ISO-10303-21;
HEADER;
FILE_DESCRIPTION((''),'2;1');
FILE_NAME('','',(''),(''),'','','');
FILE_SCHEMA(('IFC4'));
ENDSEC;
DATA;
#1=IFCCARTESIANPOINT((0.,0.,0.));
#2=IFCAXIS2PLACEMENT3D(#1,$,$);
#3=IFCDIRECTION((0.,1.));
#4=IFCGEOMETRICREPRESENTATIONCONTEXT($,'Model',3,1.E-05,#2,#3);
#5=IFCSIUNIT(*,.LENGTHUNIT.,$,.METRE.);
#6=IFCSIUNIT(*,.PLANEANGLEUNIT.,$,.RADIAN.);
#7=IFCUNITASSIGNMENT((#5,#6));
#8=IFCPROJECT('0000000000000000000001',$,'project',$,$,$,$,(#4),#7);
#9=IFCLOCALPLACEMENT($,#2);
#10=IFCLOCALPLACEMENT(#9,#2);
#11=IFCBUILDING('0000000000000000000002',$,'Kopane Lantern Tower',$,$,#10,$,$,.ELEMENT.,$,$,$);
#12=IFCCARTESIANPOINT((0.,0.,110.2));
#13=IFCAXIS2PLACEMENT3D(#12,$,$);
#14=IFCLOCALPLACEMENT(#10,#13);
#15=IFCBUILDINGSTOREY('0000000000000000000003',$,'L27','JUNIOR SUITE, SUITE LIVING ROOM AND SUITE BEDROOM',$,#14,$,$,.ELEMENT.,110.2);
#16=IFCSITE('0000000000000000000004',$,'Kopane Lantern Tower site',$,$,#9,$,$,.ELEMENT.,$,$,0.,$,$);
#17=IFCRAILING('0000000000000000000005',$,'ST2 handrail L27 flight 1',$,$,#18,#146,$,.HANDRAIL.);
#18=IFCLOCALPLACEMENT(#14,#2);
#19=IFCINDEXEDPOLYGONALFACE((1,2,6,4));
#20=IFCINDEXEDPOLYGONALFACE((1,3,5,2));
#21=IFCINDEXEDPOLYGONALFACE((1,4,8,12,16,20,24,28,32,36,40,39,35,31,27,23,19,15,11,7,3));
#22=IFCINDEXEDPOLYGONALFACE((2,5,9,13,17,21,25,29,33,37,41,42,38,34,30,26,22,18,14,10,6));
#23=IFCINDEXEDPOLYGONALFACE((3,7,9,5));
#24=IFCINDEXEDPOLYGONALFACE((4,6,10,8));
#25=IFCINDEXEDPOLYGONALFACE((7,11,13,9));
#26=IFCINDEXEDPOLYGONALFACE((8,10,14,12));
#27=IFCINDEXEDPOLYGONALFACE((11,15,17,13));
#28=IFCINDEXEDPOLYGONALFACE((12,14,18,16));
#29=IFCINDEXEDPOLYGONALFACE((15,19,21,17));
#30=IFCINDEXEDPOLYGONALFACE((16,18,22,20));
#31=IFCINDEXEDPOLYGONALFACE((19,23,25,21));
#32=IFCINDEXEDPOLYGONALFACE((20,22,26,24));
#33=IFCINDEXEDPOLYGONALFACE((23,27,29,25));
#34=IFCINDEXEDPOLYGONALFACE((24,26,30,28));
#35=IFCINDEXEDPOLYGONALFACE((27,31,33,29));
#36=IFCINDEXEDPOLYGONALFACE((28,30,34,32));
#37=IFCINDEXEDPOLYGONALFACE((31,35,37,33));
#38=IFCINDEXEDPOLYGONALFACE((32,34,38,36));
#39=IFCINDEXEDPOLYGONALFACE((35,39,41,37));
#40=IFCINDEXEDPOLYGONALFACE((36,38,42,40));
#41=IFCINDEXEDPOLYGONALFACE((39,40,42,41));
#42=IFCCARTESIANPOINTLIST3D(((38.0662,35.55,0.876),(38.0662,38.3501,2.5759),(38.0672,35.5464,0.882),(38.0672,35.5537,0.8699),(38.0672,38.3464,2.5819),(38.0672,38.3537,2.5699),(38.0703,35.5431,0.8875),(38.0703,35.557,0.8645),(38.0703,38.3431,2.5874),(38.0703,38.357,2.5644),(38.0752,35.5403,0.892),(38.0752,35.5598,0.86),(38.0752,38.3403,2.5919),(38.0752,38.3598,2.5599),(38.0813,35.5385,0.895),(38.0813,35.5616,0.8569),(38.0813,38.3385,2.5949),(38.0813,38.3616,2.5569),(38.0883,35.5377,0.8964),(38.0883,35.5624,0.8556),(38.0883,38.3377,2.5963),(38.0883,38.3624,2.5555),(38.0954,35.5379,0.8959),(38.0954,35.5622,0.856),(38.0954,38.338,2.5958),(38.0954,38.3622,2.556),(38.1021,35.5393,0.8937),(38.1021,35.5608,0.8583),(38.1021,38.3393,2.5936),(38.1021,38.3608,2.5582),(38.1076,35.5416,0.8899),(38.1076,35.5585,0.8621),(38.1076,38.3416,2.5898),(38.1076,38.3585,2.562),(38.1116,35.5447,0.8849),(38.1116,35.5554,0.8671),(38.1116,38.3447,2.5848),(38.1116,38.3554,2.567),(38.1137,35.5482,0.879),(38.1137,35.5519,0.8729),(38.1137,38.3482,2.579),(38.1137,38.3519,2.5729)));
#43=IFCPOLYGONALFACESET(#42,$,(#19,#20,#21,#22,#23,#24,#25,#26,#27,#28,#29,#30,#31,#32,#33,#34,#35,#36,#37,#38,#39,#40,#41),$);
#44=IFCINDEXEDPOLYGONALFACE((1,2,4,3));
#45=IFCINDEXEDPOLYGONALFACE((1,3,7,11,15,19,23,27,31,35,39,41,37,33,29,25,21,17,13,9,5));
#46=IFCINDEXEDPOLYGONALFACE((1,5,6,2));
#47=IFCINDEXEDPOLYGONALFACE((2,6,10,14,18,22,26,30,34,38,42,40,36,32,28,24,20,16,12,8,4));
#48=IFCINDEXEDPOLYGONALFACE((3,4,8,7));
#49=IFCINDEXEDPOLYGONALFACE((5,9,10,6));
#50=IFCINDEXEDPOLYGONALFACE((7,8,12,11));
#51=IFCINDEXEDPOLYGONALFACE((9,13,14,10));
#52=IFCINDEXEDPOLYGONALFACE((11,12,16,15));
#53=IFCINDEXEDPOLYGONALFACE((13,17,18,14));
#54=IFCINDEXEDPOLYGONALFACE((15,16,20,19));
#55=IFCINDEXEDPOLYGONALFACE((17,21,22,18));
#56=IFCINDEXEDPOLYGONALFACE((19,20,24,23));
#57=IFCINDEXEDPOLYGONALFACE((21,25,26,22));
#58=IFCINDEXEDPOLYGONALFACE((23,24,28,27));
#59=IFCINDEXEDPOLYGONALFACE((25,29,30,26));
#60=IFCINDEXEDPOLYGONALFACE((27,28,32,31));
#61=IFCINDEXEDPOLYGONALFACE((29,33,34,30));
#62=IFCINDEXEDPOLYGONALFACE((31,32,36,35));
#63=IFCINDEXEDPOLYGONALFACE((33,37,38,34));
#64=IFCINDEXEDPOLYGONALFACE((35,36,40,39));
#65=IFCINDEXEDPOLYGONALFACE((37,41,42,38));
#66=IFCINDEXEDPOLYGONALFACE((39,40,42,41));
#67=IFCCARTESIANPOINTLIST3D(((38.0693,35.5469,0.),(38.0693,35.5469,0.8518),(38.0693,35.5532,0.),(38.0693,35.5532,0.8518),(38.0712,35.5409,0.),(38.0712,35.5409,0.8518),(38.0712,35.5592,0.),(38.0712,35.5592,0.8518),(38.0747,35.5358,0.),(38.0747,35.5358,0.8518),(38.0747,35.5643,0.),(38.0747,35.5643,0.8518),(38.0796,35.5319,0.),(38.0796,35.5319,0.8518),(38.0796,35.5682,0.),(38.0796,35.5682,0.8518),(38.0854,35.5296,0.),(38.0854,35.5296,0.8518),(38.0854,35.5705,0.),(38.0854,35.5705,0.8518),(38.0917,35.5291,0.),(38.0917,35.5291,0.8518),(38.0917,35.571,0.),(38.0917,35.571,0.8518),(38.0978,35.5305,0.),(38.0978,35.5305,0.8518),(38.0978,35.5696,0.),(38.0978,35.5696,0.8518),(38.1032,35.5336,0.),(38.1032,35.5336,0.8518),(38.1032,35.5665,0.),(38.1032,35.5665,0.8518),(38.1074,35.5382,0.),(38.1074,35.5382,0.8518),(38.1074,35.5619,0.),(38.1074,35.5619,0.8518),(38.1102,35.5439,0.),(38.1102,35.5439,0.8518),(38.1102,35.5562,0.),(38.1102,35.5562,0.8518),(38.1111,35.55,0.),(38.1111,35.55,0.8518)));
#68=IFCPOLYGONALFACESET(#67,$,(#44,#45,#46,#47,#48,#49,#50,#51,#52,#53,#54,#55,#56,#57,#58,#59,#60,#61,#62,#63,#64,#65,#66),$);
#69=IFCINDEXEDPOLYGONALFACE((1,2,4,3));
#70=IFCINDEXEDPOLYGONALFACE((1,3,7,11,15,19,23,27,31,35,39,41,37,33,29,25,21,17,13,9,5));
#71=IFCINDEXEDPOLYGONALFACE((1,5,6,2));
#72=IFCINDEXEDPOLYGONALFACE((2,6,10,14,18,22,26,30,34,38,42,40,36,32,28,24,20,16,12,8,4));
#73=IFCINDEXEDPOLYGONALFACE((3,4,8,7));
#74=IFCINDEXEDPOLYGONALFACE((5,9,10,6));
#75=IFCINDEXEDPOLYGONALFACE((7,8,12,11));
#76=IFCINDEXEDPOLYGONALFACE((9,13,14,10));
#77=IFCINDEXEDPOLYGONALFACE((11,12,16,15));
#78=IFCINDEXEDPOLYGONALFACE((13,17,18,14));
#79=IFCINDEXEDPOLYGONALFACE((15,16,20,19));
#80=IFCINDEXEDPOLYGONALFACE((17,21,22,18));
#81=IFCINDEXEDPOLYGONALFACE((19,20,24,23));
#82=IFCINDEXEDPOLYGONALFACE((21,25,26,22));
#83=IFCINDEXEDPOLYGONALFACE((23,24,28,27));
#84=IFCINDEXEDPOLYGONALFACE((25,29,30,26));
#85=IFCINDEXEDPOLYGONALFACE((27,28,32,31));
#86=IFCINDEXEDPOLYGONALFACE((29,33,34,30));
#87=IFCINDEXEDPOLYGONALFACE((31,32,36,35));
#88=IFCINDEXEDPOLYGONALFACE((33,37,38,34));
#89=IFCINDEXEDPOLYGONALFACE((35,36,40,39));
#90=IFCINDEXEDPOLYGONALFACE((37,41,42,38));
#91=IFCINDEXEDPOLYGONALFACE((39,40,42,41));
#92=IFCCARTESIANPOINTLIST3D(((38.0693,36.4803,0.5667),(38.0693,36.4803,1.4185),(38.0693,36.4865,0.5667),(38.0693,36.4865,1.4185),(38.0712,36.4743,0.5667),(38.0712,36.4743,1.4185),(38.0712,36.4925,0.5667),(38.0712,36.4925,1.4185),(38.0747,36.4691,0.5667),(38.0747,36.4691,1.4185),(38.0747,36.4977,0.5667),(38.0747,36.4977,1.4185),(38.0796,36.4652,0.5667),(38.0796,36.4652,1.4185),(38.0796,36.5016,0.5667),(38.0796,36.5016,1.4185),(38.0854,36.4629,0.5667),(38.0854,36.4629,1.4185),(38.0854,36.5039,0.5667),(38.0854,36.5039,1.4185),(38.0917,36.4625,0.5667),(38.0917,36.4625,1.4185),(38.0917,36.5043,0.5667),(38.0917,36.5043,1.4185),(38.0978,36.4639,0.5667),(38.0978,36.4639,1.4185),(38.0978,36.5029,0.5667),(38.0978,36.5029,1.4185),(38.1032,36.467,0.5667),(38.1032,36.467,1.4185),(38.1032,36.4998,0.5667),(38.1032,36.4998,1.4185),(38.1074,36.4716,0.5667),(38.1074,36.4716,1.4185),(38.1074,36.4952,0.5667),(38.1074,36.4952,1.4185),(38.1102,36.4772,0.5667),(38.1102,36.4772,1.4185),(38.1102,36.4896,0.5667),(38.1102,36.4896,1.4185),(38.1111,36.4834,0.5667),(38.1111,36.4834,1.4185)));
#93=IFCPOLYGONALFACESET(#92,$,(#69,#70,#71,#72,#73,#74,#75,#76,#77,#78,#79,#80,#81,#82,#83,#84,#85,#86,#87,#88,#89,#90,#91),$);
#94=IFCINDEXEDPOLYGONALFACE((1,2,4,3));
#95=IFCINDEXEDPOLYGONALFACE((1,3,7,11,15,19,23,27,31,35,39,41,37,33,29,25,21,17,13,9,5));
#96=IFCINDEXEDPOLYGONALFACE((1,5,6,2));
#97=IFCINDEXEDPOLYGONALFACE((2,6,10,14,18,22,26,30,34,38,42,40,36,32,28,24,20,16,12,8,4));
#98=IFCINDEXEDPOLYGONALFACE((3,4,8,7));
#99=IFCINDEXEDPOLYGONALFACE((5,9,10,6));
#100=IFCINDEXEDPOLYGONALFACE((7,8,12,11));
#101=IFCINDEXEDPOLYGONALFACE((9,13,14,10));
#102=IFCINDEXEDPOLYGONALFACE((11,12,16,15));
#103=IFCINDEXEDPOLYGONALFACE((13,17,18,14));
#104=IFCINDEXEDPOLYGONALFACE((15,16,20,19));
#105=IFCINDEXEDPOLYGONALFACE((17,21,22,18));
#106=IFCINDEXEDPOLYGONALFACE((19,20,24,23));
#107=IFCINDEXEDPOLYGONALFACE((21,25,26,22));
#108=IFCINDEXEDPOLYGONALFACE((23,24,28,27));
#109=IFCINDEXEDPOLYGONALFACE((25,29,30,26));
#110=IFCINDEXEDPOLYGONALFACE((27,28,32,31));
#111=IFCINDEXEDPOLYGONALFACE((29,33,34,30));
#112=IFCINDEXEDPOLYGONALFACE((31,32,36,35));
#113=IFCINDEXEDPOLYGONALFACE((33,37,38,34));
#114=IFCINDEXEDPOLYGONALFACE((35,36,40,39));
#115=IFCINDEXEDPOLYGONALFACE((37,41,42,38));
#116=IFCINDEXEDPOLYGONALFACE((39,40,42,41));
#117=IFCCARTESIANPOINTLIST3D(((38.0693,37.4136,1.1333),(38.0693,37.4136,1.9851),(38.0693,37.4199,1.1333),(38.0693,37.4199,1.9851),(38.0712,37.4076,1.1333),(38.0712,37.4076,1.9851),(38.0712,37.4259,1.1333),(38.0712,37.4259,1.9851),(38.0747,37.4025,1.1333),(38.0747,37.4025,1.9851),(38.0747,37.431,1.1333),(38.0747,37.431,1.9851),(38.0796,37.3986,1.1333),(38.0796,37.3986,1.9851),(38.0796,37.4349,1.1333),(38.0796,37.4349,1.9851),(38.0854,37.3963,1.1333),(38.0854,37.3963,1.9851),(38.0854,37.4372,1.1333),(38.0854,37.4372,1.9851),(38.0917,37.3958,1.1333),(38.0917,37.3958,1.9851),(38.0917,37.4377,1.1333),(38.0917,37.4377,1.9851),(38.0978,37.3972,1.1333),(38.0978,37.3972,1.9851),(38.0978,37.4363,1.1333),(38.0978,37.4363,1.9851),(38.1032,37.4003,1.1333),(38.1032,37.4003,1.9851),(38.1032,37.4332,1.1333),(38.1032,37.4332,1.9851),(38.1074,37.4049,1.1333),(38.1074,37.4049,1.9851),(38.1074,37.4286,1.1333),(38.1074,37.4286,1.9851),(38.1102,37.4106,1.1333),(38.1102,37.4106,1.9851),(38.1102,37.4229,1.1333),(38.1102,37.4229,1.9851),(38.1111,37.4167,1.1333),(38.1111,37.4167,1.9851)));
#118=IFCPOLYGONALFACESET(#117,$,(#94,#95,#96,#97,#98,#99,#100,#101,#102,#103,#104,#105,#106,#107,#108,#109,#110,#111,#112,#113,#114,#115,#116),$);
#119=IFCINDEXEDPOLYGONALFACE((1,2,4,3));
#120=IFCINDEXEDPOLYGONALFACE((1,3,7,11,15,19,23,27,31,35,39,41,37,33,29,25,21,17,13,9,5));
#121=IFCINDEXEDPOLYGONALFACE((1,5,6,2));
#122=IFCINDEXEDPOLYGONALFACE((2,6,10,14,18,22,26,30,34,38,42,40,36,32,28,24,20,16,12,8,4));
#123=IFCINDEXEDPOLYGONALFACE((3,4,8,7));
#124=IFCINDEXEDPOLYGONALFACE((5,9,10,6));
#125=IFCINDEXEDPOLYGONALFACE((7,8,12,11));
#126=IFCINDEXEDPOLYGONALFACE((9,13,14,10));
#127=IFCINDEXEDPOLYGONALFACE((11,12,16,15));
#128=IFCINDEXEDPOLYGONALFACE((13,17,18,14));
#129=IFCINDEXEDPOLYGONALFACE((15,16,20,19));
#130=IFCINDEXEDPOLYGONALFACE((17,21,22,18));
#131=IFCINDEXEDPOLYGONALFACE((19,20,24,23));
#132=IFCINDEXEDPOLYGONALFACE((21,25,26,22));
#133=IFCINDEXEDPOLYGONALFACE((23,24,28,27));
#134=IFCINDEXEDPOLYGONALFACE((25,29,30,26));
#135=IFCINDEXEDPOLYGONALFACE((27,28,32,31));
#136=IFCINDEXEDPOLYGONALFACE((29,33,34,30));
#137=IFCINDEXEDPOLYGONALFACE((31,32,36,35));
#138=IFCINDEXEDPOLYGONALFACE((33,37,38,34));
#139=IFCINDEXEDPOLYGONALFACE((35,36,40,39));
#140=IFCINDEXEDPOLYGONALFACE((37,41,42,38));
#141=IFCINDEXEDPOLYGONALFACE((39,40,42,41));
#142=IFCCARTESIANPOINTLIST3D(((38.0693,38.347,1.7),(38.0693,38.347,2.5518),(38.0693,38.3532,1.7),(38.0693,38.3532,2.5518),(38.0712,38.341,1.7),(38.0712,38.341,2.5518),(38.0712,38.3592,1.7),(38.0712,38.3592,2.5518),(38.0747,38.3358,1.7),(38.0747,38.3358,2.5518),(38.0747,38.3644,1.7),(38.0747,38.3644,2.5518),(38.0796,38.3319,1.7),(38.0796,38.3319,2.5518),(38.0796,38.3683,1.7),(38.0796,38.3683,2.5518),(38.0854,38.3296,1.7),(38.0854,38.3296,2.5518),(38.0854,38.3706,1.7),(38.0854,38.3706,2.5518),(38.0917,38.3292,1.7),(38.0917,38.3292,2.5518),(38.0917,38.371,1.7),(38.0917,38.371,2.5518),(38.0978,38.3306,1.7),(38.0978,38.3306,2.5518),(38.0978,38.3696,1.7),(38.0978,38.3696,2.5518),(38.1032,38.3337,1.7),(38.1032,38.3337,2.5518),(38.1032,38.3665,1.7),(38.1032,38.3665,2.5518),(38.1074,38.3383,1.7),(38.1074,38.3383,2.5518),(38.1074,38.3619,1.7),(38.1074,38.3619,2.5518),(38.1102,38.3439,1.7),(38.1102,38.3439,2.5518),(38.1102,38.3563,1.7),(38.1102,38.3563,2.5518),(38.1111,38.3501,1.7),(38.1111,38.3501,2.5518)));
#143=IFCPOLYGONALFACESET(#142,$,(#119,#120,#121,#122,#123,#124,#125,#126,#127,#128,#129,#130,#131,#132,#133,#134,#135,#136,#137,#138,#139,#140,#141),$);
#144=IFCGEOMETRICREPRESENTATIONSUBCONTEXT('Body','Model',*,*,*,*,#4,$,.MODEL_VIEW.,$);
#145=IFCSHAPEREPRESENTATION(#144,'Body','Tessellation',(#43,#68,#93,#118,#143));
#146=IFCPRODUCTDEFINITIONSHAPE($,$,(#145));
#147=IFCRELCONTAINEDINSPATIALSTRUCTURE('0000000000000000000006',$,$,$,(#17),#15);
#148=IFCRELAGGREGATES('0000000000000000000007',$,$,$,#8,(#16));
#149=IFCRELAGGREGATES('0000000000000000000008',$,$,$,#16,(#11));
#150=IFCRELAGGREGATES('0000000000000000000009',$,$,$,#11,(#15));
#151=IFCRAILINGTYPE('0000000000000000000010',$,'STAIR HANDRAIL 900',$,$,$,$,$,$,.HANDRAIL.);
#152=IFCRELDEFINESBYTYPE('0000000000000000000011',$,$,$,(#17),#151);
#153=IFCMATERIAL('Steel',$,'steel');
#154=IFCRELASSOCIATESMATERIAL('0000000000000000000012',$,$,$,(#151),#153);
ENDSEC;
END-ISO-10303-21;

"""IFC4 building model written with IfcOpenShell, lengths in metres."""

from ifc_helpers import new_model, si_unit, direction, frame, origin, origin_2d, place, context, subcontext, project, spatial, circle, extrude, material, type_object, element, save


model = new_model("IFC4")

# Units and contexts
model_context = context("Model", 3, precision=1e-05, world=origin(), true_north=direction((0.0, 1.0)))
body_context = subcontext(model_context, "Body", "Model", "MODEL_VIEW")
ifc_project = project(units=[si_unit("LENGTHUNIT", "METRE"), si_unit("PLANEANGLEUNIT", "RADIAN")], contexts=[model_context])

# Site, building, storey
site_placement = place(None, origin())
site = spatial("IfcSite", under=ifc_project, at=site_placement, Name="Kopane Lantern Tower site", CompositionType="ELEMENT", RefElevation=0.0)
building_placement = place(site_placement, origin())
building = spatial("IfcBuilding", under=site, at=building_placement, Name="Kopane Lantern Tower", CompositionType="ELEMENT")
storey_placement = place(building_placement, frame((0.0, 0.0, 110.2)))
storey = spatial("IfcBuildingStorey", under=building, at=storey_placement, Name="L27", Description="JUNIOR SUITE, SUITE LIVING ROOM AND SUITE BEDROOM", CompositionType="ELEMENT", Elevation=110.2)

# Railing
ifc_material_1 = material(Name="Steel", Category="steel")
railing_type_1 = type_object("IfcRailingType", Name="STAIR HANDRAIL 900", PredefinedType="HANDRAIL", material=ifc_material_1)
for number, where, name in (
    (1, (38.0901, 35.55, 0.0), "ST2 handrail L27 flight 1"),
):
    element("IfcRailing", number, at=place(storey_placement, frame(where)), inside=storey, type_object=railing_type_1, Name=name, PredefinedType="HANDRAIL", context=body_context, shape_type="SweptSolid", body=[
        extrude(circle(Radius=0.0239, at=origin_2d()), frame((0.0, 0.0, 0.876), z_axis=(0.0, 0.854798, 0.518961), x_axis=(-1.0, 0.0, 0.0)), (0.0, 0.0, 1.0), 3.2756),
        extrude(circle(Radius=0.021, at=origin_2d()), origin(), (0.0, 0.0, 1.0), 0.8518),
        extrude(circle(Radius=0.021, at=origin_2d()), frame((0.0, 0.9333, 0.5667)), (0.0, 0.0, 1.0), 0.8518),
        extrude(circle(Radius=0.021, at=origin_2d()), frame((0.0, 1.8667, 1.1333)), (0.0, 0.0, 1.0), 0.8518),
        extrude(circle(Radius=0.021, at=origin_2d()), frame((0.0, 2.8, 1.7)), (0.0, 0.0, 1.0), 0.8518),
    ])

save(model, "model.ifc")
